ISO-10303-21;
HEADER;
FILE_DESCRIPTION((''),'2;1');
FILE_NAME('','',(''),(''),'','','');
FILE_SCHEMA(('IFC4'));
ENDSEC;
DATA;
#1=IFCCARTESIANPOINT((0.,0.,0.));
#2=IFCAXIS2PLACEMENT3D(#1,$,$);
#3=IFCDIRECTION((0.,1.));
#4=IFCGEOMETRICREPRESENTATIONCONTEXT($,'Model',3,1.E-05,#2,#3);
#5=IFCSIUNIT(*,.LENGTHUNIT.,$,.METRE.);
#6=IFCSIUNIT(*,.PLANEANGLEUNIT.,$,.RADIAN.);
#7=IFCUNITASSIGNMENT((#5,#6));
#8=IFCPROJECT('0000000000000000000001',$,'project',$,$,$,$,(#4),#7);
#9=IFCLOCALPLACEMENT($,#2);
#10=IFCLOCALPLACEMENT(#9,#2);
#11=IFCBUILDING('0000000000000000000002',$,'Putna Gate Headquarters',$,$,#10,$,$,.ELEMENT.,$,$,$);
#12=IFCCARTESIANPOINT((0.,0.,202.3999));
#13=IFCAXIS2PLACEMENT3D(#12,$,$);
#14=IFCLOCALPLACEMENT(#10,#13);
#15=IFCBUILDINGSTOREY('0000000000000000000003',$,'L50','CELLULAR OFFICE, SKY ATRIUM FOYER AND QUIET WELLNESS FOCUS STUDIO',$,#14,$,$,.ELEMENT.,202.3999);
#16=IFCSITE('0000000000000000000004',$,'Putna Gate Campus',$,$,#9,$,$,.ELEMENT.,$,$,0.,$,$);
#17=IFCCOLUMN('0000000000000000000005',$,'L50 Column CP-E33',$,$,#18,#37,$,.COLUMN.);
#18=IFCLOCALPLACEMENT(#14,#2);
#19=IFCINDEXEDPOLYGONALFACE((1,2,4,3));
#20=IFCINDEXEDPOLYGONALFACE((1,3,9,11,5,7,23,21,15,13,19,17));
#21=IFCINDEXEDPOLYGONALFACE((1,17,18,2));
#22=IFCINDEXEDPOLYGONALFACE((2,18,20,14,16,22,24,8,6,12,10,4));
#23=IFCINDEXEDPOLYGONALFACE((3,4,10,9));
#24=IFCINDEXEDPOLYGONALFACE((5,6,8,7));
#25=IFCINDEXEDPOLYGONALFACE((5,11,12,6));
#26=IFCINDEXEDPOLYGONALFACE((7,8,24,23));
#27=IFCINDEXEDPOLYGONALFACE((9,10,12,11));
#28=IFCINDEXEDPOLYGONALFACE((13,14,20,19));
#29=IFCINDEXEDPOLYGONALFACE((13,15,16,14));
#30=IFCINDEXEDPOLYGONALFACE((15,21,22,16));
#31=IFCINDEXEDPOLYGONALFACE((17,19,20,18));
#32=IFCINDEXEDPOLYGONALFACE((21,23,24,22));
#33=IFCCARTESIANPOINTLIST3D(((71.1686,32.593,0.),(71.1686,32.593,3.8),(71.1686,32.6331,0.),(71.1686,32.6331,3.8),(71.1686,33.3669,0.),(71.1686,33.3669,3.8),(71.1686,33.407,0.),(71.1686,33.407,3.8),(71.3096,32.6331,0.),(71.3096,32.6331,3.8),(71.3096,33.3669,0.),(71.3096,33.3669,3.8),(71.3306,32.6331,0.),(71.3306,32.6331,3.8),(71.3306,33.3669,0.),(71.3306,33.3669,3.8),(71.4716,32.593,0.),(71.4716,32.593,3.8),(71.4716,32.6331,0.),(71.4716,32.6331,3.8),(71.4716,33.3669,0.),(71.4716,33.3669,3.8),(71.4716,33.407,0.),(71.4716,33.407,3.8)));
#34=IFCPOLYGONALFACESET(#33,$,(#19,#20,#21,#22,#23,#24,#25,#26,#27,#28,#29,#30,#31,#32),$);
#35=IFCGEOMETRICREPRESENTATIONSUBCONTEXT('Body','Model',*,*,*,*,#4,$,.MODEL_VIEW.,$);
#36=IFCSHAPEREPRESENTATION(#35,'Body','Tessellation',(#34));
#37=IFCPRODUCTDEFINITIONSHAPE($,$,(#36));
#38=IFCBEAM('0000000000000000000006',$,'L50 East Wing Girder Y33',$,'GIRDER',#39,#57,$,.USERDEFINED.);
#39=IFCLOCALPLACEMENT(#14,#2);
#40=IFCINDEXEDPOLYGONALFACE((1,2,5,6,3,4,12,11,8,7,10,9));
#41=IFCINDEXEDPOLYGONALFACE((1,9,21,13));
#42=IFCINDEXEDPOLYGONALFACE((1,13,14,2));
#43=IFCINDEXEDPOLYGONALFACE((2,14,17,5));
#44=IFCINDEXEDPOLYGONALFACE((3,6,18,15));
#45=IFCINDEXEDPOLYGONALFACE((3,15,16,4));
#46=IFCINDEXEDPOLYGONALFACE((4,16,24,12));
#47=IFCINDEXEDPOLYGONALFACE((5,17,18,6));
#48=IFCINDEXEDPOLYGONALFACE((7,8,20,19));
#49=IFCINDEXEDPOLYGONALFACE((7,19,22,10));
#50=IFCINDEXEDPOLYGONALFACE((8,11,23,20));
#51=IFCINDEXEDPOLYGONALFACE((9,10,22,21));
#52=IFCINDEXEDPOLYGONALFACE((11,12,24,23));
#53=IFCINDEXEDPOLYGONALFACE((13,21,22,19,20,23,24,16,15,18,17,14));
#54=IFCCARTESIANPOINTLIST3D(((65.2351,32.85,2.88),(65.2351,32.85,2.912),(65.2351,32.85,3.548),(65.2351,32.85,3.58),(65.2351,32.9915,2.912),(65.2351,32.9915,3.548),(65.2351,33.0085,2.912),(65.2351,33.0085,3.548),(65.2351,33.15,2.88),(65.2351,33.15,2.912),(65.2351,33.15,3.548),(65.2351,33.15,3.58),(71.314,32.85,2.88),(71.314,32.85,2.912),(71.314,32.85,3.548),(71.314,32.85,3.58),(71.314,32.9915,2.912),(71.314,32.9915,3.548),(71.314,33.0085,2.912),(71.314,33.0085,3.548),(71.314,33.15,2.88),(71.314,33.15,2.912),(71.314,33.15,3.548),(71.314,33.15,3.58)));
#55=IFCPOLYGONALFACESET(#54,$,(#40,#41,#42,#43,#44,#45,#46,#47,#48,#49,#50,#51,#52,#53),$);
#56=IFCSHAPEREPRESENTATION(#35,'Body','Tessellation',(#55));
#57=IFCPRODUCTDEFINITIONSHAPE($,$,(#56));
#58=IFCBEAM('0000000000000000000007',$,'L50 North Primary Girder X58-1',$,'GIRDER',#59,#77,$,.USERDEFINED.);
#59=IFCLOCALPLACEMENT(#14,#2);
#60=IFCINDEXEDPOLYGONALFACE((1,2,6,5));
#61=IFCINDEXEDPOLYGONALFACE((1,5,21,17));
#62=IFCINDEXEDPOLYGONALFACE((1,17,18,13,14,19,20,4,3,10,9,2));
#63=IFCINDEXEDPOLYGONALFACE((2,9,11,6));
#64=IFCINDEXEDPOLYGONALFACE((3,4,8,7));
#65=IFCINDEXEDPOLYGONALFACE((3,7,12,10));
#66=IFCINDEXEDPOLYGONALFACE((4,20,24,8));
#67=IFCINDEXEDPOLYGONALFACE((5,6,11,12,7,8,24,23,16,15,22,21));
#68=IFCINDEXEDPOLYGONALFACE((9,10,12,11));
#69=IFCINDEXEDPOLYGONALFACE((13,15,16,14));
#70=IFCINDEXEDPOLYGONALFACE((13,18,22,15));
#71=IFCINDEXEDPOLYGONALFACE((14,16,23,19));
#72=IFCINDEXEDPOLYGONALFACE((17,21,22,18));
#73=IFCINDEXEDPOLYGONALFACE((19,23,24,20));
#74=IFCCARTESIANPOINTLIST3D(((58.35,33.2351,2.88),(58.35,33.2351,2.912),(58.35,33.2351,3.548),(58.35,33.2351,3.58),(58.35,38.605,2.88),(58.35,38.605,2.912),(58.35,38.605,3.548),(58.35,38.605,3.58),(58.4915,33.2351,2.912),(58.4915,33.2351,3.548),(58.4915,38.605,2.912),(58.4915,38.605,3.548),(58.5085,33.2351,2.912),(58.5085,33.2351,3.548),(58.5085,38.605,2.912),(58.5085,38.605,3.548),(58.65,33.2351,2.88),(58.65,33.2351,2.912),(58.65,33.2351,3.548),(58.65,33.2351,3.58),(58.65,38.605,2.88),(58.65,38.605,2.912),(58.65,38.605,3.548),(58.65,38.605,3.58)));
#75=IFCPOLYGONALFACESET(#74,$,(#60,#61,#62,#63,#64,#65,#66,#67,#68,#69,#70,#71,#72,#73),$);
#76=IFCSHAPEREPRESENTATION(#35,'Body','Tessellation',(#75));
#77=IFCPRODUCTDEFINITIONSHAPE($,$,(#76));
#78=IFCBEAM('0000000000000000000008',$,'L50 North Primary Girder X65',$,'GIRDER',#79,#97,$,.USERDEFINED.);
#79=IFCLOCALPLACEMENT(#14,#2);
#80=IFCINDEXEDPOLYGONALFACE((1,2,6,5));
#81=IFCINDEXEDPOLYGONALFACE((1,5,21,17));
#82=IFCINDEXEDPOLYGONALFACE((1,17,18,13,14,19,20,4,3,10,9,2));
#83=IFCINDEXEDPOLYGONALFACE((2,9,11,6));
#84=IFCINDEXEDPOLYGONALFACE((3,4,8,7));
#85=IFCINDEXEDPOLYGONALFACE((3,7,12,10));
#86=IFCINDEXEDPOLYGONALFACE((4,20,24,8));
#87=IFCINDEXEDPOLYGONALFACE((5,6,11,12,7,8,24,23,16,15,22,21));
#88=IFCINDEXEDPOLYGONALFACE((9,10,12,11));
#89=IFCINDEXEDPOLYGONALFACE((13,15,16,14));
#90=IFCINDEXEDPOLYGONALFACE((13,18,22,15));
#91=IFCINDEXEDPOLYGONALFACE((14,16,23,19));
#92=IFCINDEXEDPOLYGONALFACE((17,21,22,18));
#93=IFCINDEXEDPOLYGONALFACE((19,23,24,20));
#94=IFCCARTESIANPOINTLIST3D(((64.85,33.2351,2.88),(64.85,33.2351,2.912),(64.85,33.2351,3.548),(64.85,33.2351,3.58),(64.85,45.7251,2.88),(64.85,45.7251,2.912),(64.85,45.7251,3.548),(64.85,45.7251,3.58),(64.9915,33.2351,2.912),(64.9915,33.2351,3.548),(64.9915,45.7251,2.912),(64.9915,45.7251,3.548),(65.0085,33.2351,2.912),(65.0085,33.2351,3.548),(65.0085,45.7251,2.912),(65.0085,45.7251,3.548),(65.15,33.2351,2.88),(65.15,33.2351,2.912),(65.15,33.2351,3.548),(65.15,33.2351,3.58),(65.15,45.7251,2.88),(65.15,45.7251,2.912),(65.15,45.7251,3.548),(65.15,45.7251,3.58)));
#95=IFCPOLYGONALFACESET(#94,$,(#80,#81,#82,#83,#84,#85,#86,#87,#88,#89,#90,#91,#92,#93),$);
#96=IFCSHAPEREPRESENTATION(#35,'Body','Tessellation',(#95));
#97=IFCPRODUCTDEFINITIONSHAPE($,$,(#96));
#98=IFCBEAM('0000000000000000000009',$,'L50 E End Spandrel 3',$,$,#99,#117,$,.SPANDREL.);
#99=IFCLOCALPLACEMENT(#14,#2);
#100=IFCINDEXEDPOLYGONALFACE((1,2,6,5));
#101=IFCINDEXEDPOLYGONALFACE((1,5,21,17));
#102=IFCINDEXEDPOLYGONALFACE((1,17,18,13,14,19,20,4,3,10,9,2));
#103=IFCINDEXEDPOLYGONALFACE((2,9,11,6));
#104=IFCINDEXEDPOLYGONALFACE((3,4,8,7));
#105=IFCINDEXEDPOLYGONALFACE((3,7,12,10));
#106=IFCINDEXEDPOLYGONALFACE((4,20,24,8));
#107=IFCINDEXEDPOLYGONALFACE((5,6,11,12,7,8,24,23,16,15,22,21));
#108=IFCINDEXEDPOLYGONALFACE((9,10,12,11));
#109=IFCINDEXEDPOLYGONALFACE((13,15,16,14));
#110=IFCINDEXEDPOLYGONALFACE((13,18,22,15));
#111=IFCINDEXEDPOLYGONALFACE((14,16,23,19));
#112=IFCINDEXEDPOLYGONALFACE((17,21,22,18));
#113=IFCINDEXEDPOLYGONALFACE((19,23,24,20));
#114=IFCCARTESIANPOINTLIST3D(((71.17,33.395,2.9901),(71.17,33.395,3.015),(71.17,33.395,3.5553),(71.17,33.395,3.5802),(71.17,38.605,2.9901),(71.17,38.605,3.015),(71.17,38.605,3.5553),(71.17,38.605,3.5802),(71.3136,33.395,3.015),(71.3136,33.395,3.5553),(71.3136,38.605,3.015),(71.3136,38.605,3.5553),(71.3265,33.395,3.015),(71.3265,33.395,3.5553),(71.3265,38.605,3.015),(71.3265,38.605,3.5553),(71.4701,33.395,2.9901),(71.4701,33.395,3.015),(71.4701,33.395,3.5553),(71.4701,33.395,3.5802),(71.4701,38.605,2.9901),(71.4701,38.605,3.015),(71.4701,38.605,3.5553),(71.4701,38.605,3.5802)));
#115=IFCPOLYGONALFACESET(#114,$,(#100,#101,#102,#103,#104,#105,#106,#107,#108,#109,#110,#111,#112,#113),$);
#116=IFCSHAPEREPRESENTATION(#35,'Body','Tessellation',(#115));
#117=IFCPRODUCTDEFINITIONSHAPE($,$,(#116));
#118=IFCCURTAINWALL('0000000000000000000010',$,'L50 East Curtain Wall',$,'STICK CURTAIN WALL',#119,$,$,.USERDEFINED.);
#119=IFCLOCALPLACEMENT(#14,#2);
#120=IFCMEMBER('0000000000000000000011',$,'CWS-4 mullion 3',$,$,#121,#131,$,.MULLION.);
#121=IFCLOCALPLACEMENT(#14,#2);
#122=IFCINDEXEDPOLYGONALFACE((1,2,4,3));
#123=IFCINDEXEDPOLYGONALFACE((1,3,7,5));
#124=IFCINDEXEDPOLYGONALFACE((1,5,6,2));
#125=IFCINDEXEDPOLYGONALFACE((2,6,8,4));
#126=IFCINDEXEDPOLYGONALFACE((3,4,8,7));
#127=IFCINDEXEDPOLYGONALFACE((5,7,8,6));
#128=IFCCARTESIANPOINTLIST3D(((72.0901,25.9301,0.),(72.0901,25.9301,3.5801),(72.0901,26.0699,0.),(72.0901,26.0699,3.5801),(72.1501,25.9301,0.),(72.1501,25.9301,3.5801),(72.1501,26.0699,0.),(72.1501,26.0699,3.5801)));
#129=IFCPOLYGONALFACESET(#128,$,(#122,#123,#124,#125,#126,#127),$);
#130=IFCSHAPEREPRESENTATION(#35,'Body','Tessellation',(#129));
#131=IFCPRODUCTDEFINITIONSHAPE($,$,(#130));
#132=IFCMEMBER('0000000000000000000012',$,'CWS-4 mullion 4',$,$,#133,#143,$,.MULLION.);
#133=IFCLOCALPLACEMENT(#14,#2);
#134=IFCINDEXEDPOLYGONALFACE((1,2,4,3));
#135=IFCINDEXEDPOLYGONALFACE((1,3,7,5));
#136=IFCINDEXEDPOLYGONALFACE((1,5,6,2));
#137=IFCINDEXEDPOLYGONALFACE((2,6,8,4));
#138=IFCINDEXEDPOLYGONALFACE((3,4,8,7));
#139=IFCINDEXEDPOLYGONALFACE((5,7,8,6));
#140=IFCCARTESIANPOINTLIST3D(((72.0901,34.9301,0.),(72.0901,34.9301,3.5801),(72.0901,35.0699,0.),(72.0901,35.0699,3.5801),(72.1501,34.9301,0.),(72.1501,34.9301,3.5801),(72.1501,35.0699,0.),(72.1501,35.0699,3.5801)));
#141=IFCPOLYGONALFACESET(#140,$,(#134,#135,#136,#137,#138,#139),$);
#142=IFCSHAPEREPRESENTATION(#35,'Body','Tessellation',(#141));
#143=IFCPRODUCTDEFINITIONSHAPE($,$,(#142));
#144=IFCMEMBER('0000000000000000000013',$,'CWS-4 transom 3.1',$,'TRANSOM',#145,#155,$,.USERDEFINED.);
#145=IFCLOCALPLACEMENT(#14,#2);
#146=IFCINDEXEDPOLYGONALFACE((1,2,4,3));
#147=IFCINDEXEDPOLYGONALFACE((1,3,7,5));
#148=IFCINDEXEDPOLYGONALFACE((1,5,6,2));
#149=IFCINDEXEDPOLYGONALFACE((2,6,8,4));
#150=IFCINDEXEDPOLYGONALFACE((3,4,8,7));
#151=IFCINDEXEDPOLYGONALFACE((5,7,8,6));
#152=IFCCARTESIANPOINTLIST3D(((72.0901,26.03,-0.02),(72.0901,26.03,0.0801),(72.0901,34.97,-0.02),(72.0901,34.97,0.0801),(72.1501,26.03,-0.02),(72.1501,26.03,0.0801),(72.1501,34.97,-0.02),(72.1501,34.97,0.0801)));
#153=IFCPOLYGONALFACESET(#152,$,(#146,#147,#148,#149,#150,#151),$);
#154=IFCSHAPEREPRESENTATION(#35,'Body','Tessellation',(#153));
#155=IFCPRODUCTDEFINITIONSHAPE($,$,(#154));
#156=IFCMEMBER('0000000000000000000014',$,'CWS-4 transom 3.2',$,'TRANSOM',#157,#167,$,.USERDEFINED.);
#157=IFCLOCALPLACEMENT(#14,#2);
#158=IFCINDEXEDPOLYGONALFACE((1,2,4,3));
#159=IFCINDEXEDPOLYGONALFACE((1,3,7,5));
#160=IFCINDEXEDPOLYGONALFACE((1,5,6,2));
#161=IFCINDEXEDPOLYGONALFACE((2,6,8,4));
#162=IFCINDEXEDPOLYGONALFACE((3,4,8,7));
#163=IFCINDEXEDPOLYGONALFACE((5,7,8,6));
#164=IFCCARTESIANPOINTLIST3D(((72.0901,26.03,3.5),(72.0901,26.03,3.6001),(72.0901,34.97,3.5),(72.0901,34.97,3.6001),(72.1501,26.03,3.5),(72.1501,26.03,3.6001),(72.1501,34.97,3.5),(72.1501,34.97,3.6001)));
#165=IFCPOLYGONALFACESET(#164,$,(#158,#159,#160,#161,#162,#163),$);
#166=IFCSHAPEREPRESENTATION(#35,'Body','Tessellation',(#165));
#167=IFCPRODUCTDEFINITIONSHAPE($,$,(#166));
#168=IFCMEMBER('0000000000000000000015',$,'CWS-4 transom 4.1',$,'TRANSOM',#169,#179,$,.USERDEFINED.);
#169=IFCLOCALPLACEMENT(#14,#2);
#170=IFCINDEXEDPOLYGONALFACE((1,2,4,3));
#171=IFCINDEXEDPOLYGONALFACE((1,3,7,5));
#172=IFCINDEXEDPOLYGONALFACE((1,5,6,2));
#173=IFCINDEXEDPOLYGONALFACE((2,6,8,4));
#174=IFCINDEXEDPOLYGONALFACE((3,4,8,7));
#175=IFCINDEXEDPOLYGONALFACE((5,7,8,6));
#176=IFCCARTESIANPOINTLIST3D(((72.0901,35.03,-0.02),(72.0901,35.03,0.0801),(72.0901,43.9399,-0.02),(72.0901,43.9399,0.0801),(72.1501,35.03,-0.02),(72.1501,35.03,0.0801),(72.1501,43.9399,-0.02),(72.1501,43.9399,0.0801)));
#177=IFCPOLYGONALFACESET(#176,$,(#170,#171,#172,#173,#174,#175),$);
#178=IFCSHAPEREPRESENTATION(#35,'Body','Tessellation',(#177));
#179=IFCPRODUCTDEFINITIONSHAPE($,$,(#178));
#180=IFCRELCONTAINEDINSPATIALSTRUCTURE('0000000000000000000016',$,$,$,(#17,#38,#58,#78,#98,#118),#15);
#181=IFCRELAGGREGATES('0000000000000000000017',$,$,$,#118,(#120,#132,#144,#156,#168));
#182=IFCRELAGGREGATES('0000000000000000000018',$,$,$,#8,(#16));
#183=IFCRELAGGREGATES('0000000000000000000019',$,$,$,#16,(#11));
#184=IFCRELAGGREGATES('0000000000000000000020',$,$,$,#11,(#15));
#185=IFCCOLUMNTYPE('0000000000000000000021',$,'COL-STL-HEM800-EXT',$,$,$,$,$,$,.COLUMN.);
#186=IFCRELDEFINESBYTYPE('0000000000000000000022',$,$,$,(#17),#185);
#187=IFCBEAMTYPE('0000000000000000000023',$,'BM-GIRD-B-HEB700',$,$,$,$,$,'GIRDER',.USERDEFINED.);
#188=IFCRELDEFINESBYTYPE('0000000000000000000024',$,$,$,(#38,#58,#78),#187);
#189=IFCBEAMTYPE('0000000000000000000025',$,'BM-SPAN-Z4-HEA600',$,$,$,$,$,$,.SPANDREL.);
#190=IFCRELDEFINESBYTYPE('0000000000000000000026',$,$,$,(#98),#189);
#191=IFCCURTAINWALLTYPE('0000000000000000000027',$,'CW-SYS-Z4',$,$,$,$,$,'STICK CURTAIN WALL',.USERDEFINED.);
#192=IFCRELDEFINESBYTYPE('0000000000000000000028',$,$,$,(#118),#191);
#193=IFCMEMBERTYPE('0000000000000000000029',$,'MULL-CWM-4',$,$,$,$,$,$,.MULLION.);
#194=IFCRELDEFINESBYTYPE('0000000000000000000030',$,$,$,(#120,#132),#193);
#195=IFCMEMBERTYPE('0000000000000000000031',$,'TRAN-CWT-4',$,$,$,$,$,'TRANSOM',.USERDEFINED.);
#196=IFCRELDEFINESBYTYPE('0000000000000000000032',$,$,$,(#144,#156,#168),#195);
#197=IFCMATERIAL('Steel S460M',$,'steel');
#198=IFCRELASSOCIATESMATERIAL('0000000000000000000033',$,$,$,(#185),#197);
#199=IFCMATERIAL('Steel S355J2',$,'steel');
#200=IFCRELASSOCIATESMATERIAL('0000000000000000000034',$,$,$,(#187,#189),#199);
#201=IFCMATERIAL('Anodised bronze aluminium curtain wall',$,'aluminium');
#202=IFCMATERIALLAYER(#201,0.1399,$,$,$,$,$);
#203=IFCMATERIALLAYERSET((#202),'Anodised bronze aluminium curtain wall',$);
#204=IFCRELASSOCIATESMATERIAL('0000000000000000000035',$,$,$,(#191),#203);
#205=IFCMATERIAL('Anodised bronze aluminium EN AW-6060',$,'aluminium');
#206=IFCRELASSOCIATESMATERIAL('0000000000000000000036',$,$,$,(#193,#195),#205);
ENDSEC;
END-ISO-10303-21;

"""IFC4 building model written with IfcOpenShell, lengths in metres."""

from ifc_helpers import new_model, si_unit, direction, frame, origin, origin_2d, place, context, subcontext, project, spatial, rectangle, i_section, extrude, material, layer, layer_set, material_profile, profile_set, type_object, element, aggregate, save


model = new_model("IFC4")

# Units and contexts
model_context = context("Model", 3, precision=1e-05, world=origin(), true_north=direction((0.0, 1.0)))
body_context = subcontext(model_context, "Body", "Model", "MODEL_VIEW")
ifc_project = project(units=[si_unit("LENGTHUNIT", "METRE"), si_unit("PLANEANGLEUNIT", "RADIAN")], contexts=[model_context])

# Site, building, storey
site_placement = place(None, origin())
site = spatial("IfcSite", under=ifc_project, at=site_placement, Name="Putna Gate Campus", CompositionType="ELEMENT", RefElevation=0.0)
building_placement = place(site_placement, origin())
building = spatial("IfcBuilding", under=site, at=building_placement, Name="Putna Gate Headquarters", CompositionType="ELEMENT")
storey_placement = place(building_placement, frame((0.0, 0.0, 202.3999)))
storey = spatial("IfcBuildingStorey", under=building, at=storey_placement, Name="L50", Description="CELLULAR OFFICE, SKY ATRIUM FOYER AND QUIET WELLNESS FOCUS STUDIO", CompositionType="ELEMENT", Elevation=202.3999)

# Column
ifc_material_1 = material(Name="Steel S460M", Category="steel")
ifc_material_profile_1 = material_profile(ifc_material_1, i_section(OverallWidth=0.303, OverallDepth=0.814, WebThickness=0.021, FlangeThickness=0.04, at=origin_2d()), Name="Steel S460M")
ifc_profile_set_1 = profile_set([ifc_material_profile_1], Name="Steel S460M")
column_type = type_object("IfcColumnType", Name="COL-STL-HEM800-EXT", PredefinedType="COLUMN", material=ifc_profile_set_1)
column_placement = place(storey_placement, frame((71.3201, 33.0, 0.0), z_axis=(0.0, 0.0, 1.0), x_axis=(1.0, 0.0, 0.0)))
element("IfcColumn", 1, at=column_placement, inside=storey, type_object=column_type, Name="L50 Column CP-E33", PredefinedType="COLUMN", context=body_context, shape_type="SweptSolid", body=[
    extrude(i_section(OverallWidth=0.303, OverallDepth=0.814, WebThickness=0.021, FlangeThickness=0.04, at=origin_2d()), origin(), (0.0, 0.0, 1.0), 3.8),
])

# Beams
ifc_material_2 = material(Name="Steel S355J2", Category="steel")
ifc_material_profile_2 = material_profile(ifc_material_2, i_section(OverallWidth=0.3, OverallDepth=0.7, WebThickness=0.0171, FlangeThickness=0.032, at=origin_2d()), Name="Steel S355J2")
ifc_profile_set_2 = profile_set([ifc_material_profile_2], Name="Steel S355J2")
beam_type_1 = type_object("IfcBeamType", Name="BM-GIRD-B-HEB700", ElementType="GIRDER", PredefinedType="USERDEFINED", material=ifc_profile_set_2)
beam_1_placement = place(storey_placement, frame((65.2351, 33.0, 3.23), z_axis=(1.0, 0.0, 0.0), x_axis=(0.0, 1.0, 0.0)))
element("IfcBeam", 2, at=beam_1_placement, inside=storey, type_object=beam_type_1, Name="L50 East Wing Girder Y33", ObjectType="GIRDER", PredefinedType="USERDEFINED", context=body_context, shape_type="SweptSolid", body=[
    extrude(i_section(OverallWidth=0.3, OverallDepth=0.7, WebThickness=0.0171, FlangeThickness=0.032, at=origin_2d()), origin(), (0.0, 0.0, 1.0), 6.0789),
])
beam_2_placement = place(storey_placement, frame((58.5, 33.2351, 3.23), z_axis=(0.0, 1.0, 0.0), x_axis=(-1.0, 0.0, 0.0)))
element("IfcBeam", 3, at=beam_2_placement, inside=storey, type_object=beam_type_1, Name="L50 North Primary Girder X58-1", ObjectType="GIRDER", PredefinedType="USERDEFINED", context=body_context, shape_type="SweptSolid", body=[
    extrude(i_section(OverallWidth=0.3, OverallDepth=0.7, WebThickness=0.0171, FlangeThickness=0.032, at=origin_2d()), origin(), (0.0, 0.0, 1.0), 5.3699),
])
beam_3_placement = place(storey_placement, frame((65.0, 33.2351, 3.23), z_axis=(0.0, 1.0, 0.0), x_axis=(-1.0, 0.0, 0.0)))
element("IfcBeam", 4, at=beam_3_placement, inside=storey, type_object=beam_type_1, Name="L50 North Primary Girder X65", ObjectType="GIRDER", PredefinedType="USERDEFINED", context=body_context, shape_type="SweptSolid", body=[
    extrude(i_section(OverallWidth=0.3, OverallDepth=0.7, WebThickness=0.0171, FlangeThickness=0.032, at=origin_2d()), origin(), (0.0, 0.0, 1.0), 12.49),
])
ifc_material_profile_3 = material_profile(ifc_material_2, i_section(OverallWidth=0.3, OverallDepth=0.5901, WebThickness=0.0129, FlangeThickness=0.0249, at=origin_2d()), Name="Steel S355J2")
ifc_profile_set_3 = profile_set([ifc_material_profile_3], Name="Steel S355J2")
beam_type_2 = type_object("IfcBeamType", Name="BM-SPAN-Z4-HEA600", PredefinedType="SPANDREL", material=ifc_profile_set_3)
beam_4_placement = place(storey_placement, frame((71.3201, 33.395, 3.2852), z_axis=(0.0, 1.0, 0.0), x_axis=(-1.0, 0.0, 0.0)))
element("IfcBeam", 5, at=beam_4_placement, inside=storey, type_object=beam_type_2, Name="L50 E End Spandrel 3", PredefinedType="SPANDREL", context=body_context, shape_type="SweptSolid", body=[
    extrude(i_section(OverallWidth=0.3, OverallDepth=0.5901, WebThickness=0.0129, FlangeThickness=0.0249, at=origin_2d()), origin(), (0.0, 0.0, 1.0), 5.21),
])

# Curtain wall, members
ifc_material_3 = material(Name="Anodised bronze aluminium curtain wall", Category="aluminium")
ifc_layer_1 = layer(ifc_material_3, 0.1399)
ifc_layer_set_1 = layer_set([ifc_layer_1], Name="Anodised bronze aluminium curtain wall")
curtain_wall_type = type_object("IfcCurtainWallType", Name="CW-SYS-Z4", ElementType="STICK CURTAIN WALL", PredefinedType="USERDEFINED", material=ifc_layer_set_1)
curtain_wall_placement = place(storey_placement, origin())
curtain_wall = element("IfcCurtainWall", 6, at=curtain_wall_placement, inside=storey, type_object=curtain_wall_type, Name="L50 East Curtain Wall", ObjectType="STICK CURTAIN WALL", PredefinedType="USERDEFINED")
ifc_material_4 = material(Name="Anodised bronze aluminium EN AW-6060", Category="aluminium")
ifc_material_profile_4 = material_profile(ifc_material_4, rectangle(XDim=0.0601, YDim=0.1399, at=origin_2d()), Name="Anodised bronze aluminium EN AW-6060")
ifc_profile_set_4 = profile_set([ifc_material_profile_4], Name="Anodised bronze aluminium EN AW-6060")
member_type_1 = type_object("IfcMemberType", Name="MULL-CWM-4", PredefinedType="MULLION", material=ifc_profile_set_4)
member_1_placement = place(storey_placement, frame((72.1201, 26.0, 0.0), z_axis=(0.0, 0.0, 1.0), x_axis=(-1.0, 0.0, 0.0)))
member_1 = element("IfcMember", 7, at=member_1_placement, type_object=member_type_1, Name="CWS-4 mullion 3", PredefinedType="MULLION", context=body_context, shape_type="SweptSolid", body=[
    extrude(rectangle(XDim=0.0601, YDim=0.1399, at=origin_2d()), origin(), (0.0, 0.0, 1.0), 3.5801),
])
member_2_placement = place(storey_placement, frame((72.1201, 35.0, 0.0), z_axis=(0.0, 0.0, 1.0), x_axis=(-1.0, 0.0, 0.0)))
member_2 = element("IfcMember", 8, at=member_2_placement, type_object=member_type_1, Name="CWS-4 mullion 4", PredefinedType="MULLION", context=body_context, shape_type="SweptSolid", body=[
    extrude(rectangle(XDim=0.0601, YDim=0.1399, at=origin_2d()), origin(), (0.0, 0.0, 1.0), 3.5801),
])
ifc_material_profile_5 = material_profile(ifc_material_4, rectangle(XDim=0.0601, YDim=0.1001, at=origin_2d()), Name="Anodised bronze aluminium EN AW-6060")
ifc_profile_set_5 = profile_set([ifc_material_profile_5], Name="Anodised bronze aluminium EN AW-6060")
member_type_2 = type_object("IfcMemberType", Name="TRAN-CWT-4", ElementType="TRANSOM", PredefinedType="USERDEFINED", material=ifc_profile_set_5)
member_3_placement = place(storey_placement, frame((72.1201, 26.03, 0.03), z_axis=(0.0, 1.0, 0.0), x_axis=(-1.0, 0.0, 0.0)))
member_3 = element("IfcMember", 9, at=member_3_placement, type_object=member_type_2, Name="CWS-4 transom 3.1", ObjectType="TRANSOM", PredefinedType="USERDEFINED", context=body_context, shape_type="SweptSolid", body=[
    extrude(rectangle(XDim=0.0601, YDim=0.1001, at=origin_2d()), origin(), (0.0, 0.0, 1.0), 8.9399),
])
member_4_placement = place(storey_placement, frame((72.1201, 26.03, 3.55), z_axis=(0.0, 1.0, 0.0), x_axis=(-1.0, 0.0, 0.0)))
member_4 = element("IfcMember", 10, at=member_4_placement, type_object=member_type_2, Name="CWS-4 transom 3.2", ObjectType="TRANSOM", PredefinedType="USERDEFINED", context=body_context, shape_type="SweptSolid", body=[
    extrude(rectangle(XDim=0.0601, YDim=0.1001, at=origin_2d()), origin(), (0.0, 0.0, 1.0), 8.9399),
])
member_5_placement = place(storey_placement, frame((72.1201, 35.03, 0.03), z_axis=(0.0, 1.0, 0.0), x_axis=(-1.0, 0.0, 0.0)))
member_5 = element("IfcMember", 11, at=member_5_placement, type_object=member_type_2, Name="CWS-4 transom 4.1", ObjectType="TRANSOM", PredefinedType="USERDEFINED", context=body_context, shape_type="SweptSolid", body=[
    extrude(rectangle(XDim=0.0601, YDim=0.1001, at=origin_2d()), origin(), (0.0, 0.0, 1.0), 8.9099),
])
aggregate(curtain_wall, [member_1, member_2, member_3, member_4, member_5])

save(model, "model.ifc")
